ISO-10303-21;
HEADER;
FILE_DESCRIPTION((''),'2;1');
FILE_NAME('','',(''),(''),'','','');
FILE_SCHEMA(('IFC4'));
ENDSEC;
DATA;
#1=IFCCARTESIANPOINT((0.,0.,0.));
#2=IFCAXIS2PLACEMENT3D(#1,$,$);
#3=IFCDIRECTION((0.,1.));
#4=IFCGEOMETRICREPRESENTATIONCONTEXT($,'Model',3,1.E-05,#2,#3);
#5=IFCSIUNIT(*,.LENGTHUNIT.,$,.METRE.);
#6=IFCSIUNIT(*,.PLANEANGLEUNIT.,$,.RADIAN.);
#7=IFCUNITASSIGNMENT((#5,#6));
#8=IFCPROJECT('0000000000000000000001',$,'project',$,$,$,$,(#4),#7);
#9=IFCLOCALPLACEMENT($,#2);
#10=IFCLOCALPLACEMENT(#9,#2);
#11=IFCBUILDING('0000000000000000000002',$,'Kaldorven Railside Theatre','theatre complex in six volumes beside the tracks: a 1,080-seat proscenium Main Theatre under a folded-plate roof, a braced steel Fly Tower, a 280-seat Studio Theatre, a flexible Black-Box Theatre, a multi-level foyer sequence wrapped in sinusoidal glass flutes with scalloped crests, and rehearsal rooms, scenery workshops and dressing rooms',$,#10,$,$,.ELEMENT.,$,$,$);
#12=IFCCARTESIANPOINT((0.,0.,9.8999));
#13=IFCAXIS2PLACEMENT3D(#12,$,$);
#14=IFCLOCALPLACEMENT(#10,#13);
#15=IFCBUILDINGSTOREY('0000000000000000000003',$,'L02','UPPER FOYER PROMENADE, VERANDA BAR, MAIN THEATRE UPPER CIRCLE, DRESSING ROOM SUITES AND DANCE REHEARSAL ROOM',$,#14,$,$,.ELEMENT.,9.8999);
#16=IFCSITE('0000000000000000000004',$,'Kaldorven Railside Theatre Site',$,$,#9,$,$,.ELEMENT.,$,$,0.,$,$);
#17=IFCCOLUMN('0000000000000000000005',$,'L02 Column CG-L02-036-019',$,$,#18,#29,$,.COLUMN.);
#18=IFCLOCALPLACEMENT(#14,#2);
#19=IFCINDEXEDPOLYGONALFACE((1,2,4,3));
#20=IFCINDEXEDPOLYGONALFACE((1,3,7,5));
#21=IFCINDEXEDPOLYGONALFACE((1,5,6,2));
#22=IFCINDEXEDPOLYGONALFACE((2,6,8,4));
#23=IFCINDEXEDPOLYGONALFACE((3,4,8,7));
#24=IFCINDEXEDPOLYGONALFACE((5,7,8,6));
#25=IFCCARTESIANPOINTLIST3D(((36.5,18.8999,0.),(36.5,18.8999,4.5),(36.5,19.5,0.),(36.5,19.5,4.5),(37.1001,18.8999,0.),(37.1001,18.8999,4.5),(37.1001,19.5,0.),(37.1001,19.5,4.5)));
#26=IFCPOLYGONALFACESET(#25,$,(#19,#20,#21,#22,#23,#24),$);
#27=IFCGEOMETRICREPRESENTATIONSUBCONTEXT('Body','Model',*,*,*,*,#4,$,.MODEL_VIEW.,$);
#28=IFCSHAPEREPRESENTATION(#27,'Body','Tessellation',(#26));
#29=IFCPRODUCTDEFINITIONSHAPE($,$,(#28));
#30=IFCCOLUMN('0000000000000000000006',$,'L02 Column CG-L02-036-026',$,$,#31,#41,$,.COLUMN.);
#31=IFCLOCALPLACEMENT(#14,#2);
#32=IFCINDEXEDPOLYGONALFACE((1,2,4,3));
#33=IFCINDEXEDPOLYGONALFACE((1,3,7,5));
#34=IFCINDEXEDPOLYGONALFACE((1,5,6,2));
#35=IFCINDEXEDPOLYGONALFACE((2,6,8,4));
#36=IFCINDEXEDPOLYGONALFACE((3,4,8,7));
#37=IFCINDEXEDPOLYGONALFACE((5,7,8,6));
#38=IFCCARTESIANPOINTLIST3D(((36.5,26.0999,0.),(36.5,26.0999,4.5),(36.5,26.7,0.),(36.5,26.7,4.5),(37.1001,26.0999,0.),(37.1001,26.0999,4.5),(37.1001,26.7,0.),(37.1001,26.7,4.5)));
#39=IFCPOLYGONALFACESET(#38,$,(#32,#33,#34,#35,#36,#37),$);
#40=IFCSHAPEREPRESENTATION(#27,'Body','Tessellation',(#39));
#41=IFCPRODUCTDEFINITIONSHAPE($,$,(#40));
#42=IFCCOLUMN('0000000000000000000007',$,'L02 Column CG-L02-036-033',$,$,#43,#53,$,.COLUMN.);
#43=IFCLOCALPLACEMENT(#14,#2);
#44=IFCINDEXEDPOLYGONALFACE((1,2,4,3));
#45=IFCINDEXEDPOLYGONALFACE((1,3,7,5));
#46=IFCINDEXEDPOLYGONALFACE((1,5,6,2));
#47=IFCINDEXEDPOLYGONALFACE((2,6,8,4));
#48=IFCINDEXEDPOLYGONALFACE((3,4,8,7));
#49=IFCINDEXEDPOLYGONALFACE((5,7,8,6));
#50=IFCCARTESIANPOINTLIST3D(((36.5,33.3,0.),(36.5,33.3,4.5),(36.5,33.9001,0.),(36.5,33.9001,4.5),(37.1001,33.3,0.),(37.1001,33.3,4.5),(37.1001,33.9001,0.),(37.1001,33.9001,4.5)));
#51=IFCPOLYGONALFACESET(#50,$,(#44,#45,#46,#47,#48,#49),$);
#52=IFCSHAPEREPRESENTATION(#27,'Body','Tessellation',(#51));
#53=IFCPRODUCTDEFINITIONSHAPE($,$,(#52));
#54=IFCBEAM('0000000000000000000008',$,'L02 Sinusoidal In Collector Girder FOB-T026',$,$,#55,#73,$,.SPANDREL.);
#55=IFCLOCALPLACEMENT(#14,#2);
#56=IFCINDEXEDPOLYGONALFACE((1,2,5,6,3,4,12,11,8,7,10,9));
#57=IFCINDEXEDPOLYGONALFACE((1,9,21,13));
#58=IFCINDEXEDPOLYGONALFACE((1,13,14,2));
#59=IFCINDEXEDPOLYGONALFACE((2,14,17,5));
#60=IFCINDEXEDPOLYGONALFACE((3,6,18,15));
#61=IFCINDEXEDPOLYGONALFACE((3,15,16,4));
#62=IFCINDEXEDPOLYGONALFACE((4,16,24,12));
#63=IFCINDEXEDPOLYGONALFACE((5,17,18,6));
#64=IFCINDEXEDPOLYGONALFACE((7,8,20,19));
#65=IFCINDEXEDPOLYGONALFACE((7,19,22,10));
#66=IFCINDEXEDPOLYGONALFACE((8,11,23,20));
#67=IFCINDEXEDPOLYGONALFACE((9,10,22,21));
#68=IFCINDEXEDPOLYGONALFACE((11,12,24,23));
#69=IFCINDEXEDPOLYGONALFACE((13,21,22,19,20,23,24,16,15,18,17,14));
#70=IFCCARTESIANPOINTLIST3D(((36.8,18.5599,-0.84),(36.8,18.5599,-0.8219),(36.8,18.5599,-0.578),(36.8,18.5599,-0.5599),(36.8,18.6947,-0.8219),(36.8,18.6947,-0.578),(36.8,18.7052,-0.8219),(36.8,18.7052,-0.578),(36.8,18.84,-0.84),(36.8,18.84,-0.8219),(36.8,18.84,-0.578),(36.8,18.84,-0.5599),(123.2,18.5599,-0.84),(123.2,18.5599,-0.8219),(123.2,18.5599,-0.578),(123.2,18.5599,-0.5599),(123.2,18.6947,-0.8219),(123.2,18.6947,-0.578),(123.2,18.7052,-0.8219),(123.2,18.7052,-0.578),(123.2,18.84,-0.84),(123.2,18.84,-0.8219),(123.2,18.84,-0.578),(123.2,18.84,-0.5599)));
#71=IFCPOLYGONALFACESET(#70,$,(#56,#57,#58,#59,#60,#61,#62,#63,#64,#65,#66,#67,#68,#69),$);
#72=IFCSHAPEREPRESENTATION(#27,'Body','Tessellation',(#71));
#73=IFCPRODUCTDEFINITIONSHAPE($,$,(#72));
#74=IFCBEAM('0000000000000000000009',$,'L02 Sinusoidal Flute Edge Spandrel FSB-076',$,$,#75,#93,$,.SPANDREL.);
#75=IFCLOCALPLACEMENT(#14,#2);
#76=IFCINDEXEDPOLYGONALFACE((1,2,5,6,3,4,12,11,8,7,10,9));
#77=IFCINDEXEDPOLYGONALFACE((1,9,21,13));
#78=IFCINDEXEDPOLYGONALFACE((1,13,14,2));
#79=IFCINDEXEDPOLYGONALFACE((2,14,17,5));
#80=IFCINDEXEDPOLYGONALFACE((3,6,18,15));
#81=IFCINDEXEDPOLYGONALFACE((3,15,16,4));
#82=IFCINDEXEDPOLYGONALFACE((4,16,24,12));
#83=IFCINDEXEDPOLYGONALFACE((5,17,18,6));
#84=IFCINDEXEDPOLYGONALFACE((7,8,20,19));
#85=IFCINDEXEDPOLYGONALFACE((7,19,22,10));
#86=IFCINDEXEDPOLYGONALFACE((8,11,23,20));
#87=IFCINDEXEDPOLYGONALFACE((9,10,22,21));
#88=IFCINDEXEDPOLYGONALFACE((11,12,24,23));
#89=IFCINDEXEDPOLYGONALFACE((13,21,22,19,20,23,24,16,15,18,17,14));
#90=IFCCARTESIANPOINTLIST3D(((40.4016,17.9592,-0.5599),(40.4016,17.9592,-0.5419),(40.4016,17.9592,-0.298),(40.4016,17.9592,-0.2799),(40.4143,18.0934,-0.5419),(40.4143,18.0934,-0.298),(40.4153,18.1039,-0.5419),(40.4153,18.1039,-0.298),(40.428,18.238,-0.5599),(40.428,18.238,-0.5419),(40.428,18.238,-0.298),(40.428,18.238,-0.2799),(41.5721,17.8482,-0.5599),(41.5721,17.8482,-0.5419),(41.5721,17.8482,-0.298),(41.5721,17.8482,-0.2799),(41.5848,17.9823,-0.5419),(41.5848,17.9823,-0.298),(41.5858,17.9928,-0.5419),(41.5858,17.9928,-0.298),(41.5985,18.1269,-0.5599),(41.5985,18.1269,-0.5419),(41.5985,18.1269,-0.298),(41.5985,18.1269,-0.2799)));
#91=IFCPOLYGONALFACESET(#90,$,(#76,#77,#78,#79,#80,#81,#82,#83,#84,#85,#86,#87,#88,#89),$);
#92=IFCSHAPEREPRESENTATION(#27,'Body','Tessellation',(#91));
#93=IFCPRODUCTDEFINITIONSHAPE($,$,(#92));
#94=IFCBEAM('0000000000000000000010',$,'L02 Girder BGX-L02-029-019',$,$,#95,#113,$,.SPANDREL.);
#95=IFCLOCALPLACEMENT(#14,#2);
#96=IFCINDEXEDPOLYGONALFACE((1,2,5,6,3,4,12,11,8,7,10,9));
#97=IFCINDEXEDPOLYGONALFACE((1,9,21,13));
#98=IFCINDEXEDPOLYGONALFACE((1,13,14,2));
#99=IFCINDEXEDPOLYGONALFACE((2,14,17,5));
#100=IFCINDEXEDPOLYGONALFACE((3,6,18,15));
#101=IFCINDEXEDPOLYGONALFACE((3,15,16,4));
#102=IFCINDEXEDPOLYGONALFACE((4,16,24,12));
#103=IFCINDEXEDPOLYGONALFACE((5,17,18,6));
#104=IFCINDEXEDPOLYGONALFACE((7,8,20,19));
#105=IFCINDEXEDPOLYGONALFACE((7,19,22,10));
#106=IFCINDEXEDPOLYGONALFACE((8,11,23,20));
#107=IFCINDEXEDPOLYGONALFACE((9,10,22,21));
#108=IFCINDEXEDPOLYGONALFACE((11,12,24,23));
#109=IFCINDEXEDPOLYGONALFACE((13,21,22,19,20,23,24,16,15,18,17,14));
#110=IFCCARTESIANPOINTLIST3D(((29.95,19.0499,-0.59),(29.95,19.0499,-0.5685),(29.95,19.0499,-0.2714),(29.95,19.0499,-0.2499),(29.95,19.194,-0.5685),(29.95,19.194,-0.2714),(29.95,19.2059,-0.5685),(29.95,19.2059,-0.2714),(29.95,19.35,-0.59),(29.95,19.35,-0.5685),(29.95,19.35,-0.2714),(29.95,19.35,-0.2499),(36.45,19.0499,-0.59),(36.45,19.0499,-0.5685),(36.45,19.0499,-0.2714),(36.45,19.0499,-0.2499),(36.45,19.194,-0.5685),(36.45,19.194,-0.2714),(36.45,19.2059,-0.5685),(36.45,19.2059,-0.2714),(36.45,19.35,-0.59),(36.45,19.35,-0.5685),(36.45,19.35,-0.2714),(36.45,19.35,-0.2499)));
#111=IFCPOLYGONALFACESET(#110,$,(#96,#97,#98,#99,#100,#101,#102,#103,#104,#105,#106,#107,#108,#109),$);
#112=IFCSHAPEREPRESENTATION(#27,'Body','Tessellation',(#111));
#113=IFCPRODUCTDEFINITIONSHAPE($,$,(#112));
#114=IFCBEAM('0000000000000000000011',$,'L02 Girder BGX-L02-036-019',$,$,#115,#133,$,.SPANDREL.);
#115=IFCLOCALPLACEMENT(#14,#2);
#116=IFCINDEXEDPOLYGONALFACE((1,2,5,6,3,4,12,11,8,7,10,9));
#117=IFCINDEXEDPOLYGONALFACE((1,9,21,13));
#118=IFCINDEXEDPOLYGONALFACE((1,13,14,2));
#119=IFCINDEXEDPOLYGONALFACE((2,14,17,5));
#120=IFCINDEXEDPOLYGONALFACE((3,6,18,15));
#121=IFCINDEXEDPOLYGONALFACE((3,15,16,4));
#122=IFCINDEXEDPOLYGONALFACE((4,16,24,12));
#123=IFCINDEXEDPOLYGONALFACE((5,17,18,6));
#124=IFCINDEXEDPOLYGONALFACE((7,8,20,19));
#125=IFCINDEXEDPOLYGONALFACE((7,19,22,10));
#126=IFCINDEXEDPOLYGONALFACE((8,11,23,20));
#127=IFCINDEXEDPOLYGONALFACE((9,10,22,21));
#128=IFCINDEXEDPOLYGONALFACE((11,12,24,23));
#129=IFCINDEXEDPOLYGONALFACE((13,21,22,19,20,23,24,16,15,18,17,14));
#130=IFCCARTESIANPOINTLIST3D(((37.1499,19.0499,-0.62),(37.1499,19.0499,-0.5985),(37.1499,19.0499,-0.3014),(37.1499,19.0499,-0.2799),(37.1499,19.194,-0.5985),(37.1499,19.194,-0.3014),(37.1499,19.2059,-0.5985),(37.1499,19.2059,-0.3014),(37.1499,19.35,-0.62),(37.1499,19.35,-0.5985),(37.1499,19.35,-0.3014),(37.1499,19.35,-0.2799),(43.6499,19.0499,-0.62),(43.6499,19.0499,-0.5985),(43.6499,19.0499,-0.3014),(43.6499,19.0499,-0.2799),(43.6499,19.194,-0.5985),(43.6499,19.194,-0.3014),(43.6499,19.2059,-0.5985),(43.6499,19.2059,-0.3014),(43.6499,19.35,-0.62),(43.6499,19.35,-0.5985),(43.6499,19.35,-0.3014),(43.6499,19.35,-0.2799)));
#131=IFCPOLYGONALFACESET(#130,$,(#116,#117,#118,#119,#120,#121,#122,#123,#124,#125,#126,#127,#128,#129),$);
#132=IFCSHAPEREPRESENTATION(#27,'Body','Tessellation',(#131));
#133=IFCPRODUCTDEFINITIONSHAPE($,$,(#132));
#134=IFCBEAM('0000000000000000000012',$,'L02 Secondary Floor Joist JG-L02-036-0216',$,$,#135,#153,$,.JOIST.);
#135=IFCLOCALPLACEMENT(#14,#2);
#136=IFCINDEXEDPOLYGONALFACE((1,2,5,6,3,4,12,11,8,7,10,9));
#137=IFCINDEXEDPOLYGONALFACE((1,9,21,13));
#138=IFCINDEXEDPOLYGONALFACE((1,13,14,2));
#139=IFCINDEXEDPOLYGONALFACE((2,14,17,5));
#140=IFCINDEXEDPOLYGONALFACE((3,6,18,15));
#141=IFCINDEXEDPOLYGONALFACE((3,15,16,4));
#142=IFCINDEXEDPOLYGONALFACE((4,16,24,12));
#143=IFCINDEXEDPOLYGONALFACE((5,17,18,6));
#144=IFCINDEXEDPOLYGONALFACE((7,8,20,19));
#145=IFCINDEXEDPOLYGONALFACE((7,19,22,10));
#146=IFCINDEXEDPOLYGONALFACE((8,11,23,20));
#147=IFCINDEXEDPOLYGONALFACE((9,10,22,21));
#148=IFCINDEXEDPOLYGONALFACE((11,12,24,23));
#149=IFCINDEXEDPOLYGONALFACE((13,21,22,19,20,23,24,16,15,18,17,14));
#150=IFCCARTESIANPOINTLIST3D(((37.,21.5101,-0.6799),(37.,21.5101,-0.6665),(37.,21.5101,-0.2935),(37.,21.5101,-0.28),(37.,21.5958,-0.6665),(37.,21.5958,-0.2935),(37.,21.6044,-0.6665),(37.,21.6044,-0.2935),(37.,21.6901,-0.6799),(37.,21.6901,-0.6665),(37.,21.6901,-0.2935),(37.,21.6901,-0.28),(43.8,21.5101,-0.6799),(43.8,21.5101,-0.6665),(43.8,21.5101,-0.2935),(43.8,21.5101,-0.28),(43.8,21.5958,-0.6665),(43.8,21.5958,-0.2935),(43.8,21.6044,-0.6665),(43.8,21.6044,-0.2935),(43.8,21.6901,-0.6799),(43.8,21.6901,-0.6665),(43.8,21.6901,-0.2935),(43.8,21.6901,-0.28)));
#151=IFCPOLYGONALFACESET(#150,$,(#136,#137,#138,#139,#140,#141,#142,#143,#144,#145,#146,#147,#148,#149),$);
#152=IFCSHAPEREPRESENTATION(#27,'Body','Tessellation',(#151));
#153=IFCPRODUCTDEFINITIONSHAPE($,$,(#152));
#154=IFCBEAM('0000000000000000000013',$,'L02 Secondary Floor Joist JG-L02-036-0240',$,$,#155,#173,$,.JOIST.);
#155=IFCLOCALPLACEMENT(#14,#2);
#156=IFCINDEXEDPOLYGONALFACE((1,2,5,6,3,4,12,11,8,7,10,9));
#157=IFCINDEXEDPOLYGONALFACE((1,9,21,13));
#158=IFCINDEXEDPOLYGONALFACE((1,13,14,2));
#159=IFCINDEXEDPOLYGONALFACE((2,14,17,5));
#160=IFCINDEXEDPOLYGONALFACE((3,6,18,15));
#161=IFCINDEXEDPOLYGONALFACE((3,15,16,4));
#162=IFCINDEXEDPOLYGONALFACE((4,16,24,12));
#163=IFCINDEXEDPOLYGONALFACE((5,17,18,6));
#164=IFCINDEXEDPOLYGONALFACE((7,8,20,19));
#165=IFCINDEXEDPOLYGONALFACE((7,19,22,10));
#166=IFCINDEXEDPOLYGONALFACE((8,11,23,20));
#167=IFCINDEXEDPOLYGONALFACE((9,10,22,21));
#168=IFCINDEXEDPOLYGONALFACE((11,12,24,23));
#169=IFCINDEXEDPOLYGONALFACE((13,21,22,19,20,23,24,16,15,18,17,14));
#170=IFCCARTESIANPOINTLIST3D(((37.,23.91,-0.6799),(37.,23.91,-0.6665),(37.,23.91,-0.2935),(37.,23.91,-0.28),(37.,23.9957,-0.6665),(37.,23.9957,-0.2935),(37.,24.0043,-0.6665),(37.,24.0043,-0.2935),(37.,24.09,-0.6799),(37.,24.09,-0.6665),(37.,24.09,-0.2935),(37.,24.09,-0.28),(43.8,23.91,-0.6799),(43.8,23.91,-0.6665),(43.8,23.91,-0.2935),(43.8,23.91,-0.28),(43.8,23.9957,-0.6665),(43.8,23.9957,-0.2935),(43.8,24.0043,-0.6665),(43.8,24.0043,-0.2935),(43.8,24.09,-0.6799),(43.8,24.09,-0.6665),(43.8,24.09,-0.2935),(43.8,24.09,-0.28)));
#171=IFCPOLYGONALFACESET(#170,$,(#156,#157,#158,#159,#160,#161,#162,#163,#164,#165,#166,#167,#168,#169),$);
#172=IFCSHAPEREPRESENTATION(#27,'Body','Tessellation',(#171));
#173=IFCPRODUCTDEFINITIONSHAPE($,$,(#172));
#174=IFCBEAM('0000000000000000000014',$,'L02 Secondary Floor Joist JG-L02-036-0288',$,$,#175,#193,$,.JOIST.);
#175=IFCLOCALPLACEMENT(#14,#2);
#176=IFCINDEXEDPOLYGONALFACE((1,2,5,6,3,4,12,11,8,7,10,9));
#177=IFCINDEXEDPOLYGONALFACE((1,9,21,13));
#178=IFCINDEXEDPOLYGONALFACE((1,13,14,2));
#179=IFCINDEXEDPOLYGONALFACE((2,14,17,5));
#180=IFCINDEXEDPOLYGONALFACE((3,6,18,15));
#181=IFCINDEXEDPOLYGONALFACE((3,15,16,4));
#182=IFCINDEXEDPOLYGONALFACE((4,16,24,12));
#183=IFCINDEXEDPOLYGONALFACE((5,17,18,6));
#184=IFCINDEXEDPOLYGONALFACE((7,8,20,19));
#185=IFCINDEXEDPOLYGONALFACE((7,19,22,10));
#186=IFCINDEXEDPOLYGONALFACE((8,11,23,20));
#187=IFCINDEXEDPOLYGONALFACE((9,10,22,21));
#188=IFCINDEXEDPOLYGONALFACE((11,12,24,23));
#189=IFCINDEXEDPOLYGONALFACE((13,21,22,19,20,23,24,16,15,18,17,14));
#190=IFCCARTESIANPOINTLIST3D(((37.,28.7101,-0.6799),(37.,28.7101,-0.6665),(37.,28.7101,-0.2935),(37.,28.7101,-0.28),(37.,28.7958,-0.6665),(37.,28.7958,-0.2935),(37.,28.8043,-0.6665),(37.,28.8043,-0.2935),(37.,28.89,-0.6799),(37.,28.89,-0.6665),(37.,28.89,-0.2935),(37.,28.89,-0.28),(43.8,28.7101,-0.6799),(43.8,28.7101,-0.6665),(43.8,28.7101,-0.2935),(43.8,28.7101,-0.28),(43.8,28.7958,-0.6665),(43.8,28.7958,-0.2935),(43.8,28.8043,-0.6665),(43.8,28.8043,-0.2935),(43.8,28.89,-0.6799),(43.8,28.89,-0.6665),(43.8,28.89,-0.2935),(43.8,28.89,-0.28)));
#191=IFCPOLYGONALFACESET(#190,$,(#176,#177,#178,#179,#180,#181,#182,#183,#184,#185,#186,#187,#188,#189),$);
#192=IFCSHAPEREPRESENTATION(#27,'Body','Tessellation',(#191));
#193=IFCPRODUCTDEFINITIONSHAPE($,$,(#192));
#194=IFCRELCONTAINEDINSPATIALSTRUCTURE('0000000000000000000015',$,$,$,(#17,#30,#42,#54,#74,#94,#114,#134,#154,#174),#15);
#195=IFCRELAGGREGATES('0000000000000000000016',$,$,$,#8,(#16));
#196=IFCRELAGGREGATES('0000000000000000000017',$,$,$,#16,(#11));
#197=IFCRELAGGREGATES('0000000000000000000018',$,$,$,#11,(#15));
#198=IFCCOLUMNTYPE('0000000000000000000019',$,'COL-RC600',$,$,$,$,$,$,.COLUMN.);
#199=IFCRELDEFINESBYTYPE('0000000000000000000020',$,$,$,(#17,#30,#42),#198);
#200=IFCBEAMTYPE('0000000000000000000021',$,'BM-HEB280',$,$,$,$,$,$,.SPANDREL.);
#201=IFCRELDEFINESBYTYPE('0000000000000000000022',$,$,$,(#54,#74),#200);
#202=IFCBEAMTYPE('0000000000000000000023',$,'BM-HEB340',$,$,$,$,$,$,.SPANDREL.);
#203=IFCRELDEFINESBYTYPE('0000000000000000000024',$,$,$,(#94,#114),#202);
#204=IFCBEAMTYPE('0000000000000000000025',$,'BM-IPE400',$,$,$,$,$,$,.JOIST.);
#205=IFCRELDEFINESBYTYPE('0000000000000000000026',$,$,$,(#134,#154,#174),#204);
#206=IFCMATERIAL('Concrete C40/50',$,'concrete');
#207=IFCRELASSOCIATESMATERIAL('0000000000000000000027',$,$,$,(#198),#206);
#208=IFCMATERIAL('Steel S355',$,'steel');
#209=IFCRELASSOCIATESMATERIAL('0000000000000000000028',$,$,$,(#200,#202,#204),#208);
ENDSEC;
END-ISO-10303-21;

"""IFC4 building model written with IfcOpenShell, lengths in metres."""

from ifc_helpers import new_model, si_unit, direction, frame, origin, origin_2d, place, context, subcontext, project, spatial, rectangle, i_section, extrude, material, material_profile, profile_set, type_object, element, save


model = new_model("IFC4")

# Units and contexts
model_context = context("Model", 3, precision=1e-05, world=origin(), true_north=direction((0.0, 1.0)))
body_context = subcontext(model_context, "Body", "Model", "MODEL_VIEW")
ifc_project = project(units=[si_unit("LENGTHUNIT", "METRE"), si_unit("PLANEANGLEUNIT", "RADIAN")], contexts=[model_context])

# Site, building, storey
site_placement = place(None, origin())
site = spatial("IfcSite", under=ifc_project, at=site_placement, Name="Kaldorven Railside Theatre Site", CompositionType="ELEMENT", RefElevation=0.0)
building_placement = place(site_placement, origin())
building = spatial("IfcBuilding", under=site, at=building_placement, Name="Kaldorven Railside Theatre", Description="theatre complex in six volumes beside the tracks: a 1,080-seat proscenium Main Theatre under a folded-plate roof, a braced steel Fly Tower, a 280-seat Studio Theatre, a flexible Black-Box Theatre, a multi-level foyer sequence wrapped in sinusoidal glass flutes with scalloped crests, and rehearsal rooms, scenery workshops and dressing rooms", CompositionType="ELEMENT")
storey_placement = place(building_placement, frame((0.0, 0.0, 9.8999)))
storey = spatial("IfcBuildingStorey", under=building, at=storey_placement, Name="L02", Description="UPPER FOYER PROMENADE, VERANDA BAR, MAIN THEATRE UPPER CIRCLE, DRESSING ROOM SUITES AND DANCE REHEARSAL ROOM", CompositionType="ELEMENT", Elevation=9.8999)

# Columns
ifc_material_1 = material(Name="Concrete C40/50", Category="concrete")
ifc_material_profile_1 = material_profile(ifc_material_1, rectangle(XDim=0.6001, YDim=0.6001, at=origin_2d()), Name="RC 600x600")
ifc_profile_set_1 = profile_set([ifc_material_profile_1], Name="Concrete C40/50")
column_type = type_object("IfcColumnType", Name="COL-RC600", PredefinedType="COLUMN", material=ifc_profile_set_1)
for number, where, z_axis, x_axis, name in (
    (1, (36.8, 19.2, 0.0), (0.0, 0.0, 1.0), (1.0, 0.0, 0.0), "L02 Column CG-L02-036-019"),
    (2, (36.8, 26.3999, 0.0), (0.0, 0.0, 1.0), (0.0, 1.0, 0.0), "L02 Column CG-L02-036-026"),
    (3, (36.8, 33.6001, 0.0), (0.0, 0.0, 1.0), (1.0, 0.0, 0.0), "L02 Column CG-L02-036-033"),
):
    element("IfcColumn", number, at=place(storey_placement, frame(where, z_axis=z_axis, x_axis=x_axis)), inside=storey, type_object=column_type, Name=name, PredefinedType="COLUMN", context=body_context, shape_type="SweptSolid", body=[
        extrude(rectangle(XDim=0.6001, YDim=0.6001, at=origin_2d()), origin(), (0.0, 0.0, 1.0), 4.5),
    ])

# Beams
ifc_material_2 = material(Name="Steel S355", Category="steel")
ifc_material_profile_2 = material_profile(ifc_material_2, i_section(OverallWidth=0.28, OverallDepth=0.28, WebThickness=0.0105, FlangeThickness=0.0181, at=origin_2d()), Name="HEB 280")
ifc_profile_set_2 = profile_set([ifc_material_profile_2], Name="Steel S355")
beam_type_1 = type_object("IfcBeamType", Name="BM-HEB280", PredefinedType="SPANDREL", material=ifc_profile_set_2)
beam_1_placement = place(storey_placement, frame((36.8, 18.7, -0.7), z_axis=(1.0, 0.0, 0.0), x_axis=(0.0, 1.0, 0.0)))
element("IfcBeam", 4, at=beam_1_placement, inside=storey, type_object=beam_type_1, Name="L02 Sinusoidal In Collector Girder FOB-T026", PredefinedType="SPANDREL", context=body_context, shape_type="SweptSolid", body=[
    extrude(i_section(OverallWidth=0.28, OverallDepth=0.28, WebThickness=0.0105, FlangeThickness=0.0181, at=origin_2d()), origin(), (0.0, 0.0, 1.0), 86.3999),
])
beam_2_placement = place(storey_placement, frame((40.4148, 18.0986, -0.4199), z_axis=(0.995526, -0.094486, 0.0), x_axis=(0.094486, 0.995526, 0.0)))
element("IfcBeam", 5, at=beam_2_placement, inside=storey, type_object=beam_type_1, Name="L02 Sinusoidal Flute Edge Spandrel FSB-076", PredefinedType="SPANDREL", context=body_context, shape_type="SweptSolid", body=[
    extrude(i_section(OverallWidth=0.28, OverallDepth=0.28, WebThickness=0.0105, FlangeThickness=0.0181, at=origin_2d()), origin(), (0.0, 0.0, 1.0), 1.1758),
])
ifc_material_profile_3 = material_profile(ifc_material_2, i_section(OverallWidth=0.3, OverallDepth=0.3401, WebThickness=0.012, FlangeThickness=0.0215, at=origin_2d()), Name="HEB 340")
ifc_profile_set_3 = profile_set([ifc_material_profile_3], Name="Steel S355")
beam_type_2 = type_object("IfcBeamType", Name="BM-HEB340", PredefinedType="SPANDREL", material=ifc_profile_set_3)
for number, where, z_axis, x_axis, name in (
    (6, (29.95, 19.2, -0.4199), (1.0, 0.0, 0.0), (0.0, 1.0, 0.0), "L02 Girder BGX-L02-029-019"),
    (7, (37.1499, 19.2, -0.45), (1.0, 0.0, 0.0), (0.0, 1.0, 0.0), "L02 Girder BGX-L02-036-019"),
):
    element("IfcBeam", number, at=place(storey_placement, frame(where, z_axis=z_axis, x_axis=x_axis)), inside=storey, type_object=beam_type_2, Name=name, PredefinedType="SPANDREL", context=body_context, shape_type="SweptSolid", body=[
        extrude(i_section(OverallWidth=0.3, OverallDepth=0.3401, WebThickness=0.012, FlangeThickness=0.0215, at=origin_2d()), origin(), (0.0, 0.0, 1.0), 6.5),
    ])
ifc_material_profile_4 = material_profile(ifc_material_2, i_section(OverallWidth=0.1799, OverallDepth=0.3999, WebThickness=0.0085, FlangeThickness=0.0134, at=origin_2d()), Name="IPE 400")
ifc_profile_set_4 = profile_set([ifc_material_profile_4], Name="Steel S355")
beam_type_3 = type_object("IfcBeamType", Name="BM-IPE400", PredefinedType="JOIST", material=ifc_profile_set_4)
for number, where, z_axis, x_axis, name in (
    (8, (37.0, 21.6001, -0.48), (1.0, 0.0, 0.0), (0.0, 1.0, 0.0), "L02 Secondary Floor Joist JG-L02-036-0216"),
    (9, (37.0, 24.0, -0.48), (1.0, 0.0, 0.0), (0.0, 1.0, 0.0), "L02 Secondary Floor Joist JG-L02-036-0240"),
    (10, (37.0, 28.8, -0.48), (1.0, 0.0, 0.0), (0.0, 1.0, 0.0), "L02 Secondary Floor Joist JG-L02-036-0288"),
):
    element("IfcBeam", number, at=place(storey_placement, frame(where, z_axis=z_axis, x_axis=x_axis)), inside=storey, type_object=beam_type_3, Name=name, PredefinedType="JOIST", context=body_context, shape_type="SweptSolid", body=[
        extrude(i_section(OverallWidth=0.1799, OverallDepth=0.3999, WebThickness=0.0085, FlangeThickness=0.0134, at=origin_2d()), origin(), (0.0, 0.0, 1.0), 6.8),
    ])

save(model, "model.ifc")
